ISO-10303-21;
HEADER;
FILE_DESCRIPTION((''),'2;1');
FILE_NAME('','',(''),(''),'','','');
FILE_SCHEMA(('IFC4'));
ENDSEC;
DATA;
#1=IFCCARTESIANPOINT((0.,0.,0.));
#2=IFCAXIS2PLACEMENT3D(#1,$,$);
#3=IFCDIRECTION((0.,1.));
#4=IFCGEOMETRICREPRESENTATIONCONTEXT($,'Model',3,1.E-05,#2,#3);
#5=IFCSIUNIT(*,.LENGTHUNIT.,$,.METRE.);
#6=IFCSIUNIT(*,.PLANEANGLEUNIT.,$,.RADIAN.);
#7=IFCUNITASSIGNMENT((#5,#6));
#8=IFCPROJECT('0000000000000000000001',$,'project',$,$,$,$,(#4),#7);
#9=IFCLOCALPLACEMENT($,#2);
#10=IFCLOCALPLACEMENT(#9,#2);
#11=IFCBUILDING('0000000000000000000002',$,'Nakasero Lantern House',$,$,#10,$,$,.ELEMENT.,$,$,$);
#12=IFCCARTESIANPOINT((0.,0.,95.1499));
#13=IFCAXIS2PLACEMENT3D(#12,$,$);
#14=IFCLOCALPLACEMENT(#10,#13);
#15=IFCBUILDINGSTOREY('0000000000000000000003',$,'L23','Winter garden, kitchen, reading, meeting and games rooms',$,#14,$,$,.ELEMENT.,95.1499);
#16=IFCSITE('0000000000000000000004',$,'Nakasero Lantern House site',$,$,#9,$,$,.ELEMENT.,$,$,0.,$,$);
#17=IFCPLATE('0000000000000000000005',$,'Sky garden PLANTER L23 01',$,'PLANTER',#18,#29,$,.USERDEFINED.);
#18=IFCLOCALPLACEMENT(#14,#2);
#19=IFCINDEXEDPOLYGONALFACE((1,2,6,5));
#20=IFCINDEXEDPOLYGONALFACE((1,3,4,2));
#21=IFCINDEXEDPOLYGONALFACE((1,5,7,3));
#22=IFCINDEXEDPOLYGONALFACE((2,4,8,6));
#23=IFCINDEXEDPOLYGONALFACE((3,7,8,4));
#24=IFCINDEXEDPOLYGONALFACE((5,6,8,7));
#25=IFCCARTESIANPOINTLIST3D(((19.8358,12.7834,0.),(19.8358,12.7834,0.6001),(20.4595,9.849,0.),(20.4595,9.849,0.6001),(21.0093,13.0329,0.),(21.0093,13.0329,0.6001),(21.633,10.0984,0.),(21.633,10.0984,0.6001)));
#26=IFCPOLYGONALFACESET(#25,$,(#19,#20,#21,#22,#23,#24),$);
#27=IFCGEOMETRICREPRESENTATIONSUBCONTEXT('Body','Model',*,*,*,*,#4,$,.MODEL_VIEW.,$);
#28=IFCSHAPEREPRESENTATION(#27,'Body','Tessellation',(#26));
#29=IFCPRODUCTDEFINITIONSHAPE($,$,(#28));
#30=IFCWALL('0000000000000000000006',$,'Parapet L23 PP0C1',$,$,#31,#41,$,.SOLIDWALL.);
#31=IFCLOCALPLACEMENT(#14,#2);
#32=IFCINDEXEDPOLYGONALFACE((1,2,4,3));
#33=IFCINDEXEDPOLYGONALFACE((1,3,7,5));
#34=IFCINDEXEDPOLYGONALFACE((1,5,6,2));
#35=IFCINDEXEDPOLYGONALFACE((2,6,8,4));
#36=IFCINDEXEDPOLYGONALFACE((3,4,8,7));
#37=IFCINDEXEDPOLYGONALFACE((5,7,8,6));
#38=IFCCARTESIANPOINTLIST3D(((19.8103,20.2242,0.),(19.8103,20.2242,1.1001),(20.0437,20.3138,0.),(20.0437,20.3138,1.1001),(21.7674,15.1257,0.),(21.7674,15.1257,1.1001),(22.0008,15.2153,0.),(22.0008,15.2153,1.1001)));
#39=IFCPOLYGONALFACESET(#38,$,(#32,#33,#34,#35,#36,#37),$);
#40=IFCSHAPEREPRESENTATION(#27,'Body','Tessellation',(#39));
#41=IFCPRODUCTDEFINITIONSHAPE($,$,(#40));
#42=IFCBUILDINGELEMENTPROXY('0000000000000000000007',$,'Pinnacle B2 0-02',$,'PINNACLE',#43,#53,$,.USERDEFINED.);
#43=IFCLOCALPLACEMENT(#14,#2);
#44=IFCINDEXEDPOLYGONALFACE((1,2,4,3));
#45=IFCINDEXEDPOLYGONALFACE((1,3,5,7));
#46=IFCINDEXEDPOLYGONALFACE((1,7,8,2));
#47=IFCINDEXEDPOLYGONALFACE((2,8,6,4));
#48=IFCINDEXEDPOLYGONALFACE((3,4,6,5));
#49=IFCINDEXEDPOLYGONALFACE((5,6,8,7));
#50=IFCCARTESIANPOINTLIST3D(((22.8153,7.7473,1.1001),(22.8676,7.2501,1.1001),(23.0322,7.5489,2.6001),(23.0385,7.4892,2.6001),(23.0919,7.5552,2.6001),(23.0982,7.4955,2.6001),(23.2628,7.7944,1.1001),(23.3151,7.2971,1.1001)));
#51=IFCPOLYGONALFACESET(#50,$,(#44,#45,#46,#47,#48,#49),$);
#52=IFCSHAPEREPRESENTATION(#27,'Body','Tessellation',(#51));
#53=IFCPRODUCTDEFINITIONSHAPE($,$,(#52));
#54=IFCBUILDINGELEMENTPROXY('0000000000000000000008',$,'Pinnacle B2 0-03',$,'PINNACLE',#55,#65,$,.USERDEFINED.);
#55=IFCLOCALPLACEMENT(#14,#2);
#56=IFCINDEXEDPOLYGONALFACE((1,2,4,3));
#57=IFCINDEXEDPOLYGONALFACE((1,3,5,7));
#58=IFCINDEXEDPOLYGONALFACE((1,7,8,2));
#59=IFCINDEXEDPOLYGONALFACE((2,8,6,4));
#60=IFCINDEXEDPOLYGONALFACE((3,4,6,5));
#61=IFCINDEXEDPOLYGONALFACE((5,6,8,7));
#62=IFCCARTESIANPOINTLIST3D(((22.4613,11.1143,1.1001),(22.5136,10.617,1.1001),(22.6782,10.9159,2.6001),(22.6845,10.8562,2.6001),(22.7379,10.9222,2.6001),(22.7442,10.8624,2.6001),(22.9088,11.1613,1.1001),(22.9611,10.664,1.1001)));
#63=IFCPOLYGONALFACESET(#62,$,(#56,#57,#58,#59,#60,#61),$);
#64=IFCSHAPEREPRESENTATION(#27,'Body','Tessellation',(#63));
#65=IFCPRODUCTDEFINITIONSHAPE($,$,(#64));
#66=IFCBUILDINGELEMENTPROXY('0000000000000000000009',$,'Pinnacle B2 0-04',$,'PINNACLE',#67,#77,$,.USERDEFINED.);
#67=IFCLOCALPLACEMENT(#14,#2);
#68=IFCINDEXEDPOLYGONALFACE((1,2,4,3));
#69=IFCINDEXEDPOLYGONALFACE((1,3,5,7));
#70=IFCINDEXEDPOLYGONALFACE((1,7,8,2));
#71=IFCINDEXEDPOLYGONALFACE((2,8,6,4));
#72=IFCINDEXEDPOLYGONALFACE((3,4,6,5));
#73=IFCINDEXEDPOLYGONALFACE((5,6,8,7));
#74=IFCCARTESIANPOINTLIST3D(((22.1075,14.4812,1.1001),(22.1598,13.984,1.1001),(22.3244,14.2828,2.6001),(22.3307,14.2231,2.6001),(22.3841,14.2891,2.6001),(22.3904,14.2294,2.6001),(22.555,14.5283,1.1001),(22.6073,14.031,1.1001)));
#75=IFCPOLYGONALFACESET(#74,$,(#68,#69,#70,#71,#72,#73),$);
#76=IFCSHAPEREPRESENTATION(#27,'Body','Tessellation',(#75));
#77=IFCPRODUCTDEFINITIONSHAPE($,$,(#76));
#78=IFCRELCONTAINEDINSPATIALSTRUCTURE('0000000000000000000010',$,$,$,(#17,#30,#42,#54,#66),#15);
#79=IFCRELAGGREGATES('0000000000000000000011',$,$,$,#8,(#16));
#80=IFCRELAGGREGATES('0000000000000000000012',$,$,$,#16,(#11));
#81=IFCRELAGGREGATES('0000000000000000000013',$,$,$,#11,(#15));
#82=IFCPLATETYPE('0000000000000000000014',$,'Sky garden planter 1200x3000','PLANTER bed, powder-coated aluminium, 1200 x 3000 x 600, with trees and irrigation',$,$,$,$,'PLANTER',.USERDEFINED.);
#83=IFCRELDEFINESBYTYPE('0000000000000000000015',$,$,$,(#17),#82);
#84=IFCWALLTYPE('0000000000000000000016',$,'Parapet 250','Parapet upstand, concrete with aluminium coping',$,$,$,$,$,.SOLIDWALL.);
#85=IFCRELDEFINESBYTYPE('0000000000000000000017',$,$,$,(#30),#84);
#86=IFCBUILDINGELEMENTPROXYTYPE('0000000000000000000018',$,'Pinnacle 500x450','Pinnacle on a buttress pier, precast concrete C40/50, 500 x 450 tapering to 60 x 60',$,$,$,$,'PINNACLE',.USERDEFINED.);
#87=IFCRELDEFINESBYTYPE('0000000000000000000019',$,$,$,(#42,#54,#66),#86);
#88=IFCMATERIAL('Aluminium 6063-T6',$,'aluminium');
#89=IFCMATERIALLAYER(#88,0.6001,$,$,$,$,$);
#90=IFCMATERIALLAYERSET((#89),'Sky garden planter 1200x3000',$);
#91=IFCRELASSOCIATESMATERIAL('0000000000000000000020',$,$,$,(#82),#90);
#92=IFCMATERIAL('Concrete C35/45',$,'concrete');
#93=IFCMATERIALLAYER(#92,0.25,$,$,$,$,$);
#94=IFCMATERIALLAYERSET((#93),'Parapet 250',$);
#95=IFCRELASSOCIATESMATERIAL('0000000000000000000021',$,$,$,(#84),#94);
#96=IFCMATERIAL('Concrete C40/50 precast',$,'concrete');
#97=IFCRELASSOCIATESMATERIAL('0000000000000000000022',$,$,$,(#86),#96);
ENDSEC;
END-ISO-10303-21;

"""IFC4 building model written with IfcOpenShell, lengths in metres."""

from ifc_helpers import new_model, entity, si_unit, direction, frame, frame_2d, origin, origin_2d, place, context, subcontext, project, spatial, rectangle, extrude, material, layer, layer_set, type_object, element, save


model = new_model("IFC4")

# Units and contexts
model_context = context("Model", 3, precision=1e-05, world=origin(), true_north=direction((0.0, 1.0)))
body_context = subcontext(model_context, "Body", "Model", "MODEL_VIEW")
ifc_project = project(units=[si_unit("LENGTHUNIT", "METRE"), si_unit("PLANEANGLEUNIT", "RADIAN")], contexts=[model_context])

# Site, building, storey
site_placement = place(None, origin())
site = spatial("IfcSite", under=ifc_project, at=site_placement, Name="Nakasero Lantern House site", CompositionType="ELEMENT", RefElevation=0.0)
building_placement = place(site_placement, origin())
building = spatial("IfcBuilding", under=site, at=building_placement, Name="Nakasero Lantern House", CompositionType="ELEMENT")
storey_placement = place(building_placement, frame((0.0, 0.0, 95.1499)))
storey = spatial("IfcBuildingStorey", under=building, at=storey_placement, Name="L23", Description="Winter garden, kitchen, reading, meeting and games rooms", CompositionType="ELEMENT", Elevation=95.1499)

# Plate
ifc_material_1 = material(Name="Aluminium 6063-T6", Category="aluminium")
ifc_layer_1 = layer(ifc_material_1, 0.6001)
ifc_layer_set_1 = layer_set([ifc_layer_1], Name="Sky garden planter 1200x3000")
plate_type_1 = type_object("IfcPlateType", Name="Sky garden planter 1200x3000", Description="PLANTER bed, powder-coated aluminium, 1200 x 3000 x 600, with trees and irrigation", ElementType="PLANTER", PredefinedType="USERDEFINED", material=ifc_layer_set_1)
plate_1_placement = place(storey_placement, frame((20.7344, 11.4409, 0.0), z_axis=(0.0, 0.0, 1.0), x_axis=(0.978148, 0.207912, 0.0)))
element("IfcPlate", 1, at=plate_1_placement, inside=storey, type_object=plate_type_1, Name="Sky garden PLANTER L23 01", ObjectType="PLANTER", PredefinedType="USERDEFINED", context=body_context, shape_type="SweptSolid", body=[
    extrude(rectangle(XDim=1.1997, YDim=3.0, at=origin_2d()), origin(), (0.0, 0.0, 1.0), 0.6001),
])

# Wall
ifc_material_2 = material(Name="Concrete C35/45", Category="concrete")
ifc_layer_2 = layer(ifc_material_2, 0.25)
ifc_layer_set_2 = layer_set([ifc_layer_2], Name="Parapet 250")
wall_type = type_object("IfcWallType", Name="Parapet 250", Description="Parapet upstand, concrete with aluminium coping", PredefinedType="SOLIDWALL", material=ifc_layer_set_2)
wall_placement = place(storey_placement, frame((21.884, 15.1707, 0.0), z_axis=(0.0, 0.0, 1.0), x_axis=(-0.358359, 0.933584, 0.0)))
element("IfcWall", 2, at=wall_placement, inside=storey, type_object=wall_type, Name="Parapet L23 PP0C1", PredefinedType="SOLIDWALL", context=body_context, shape_type="SweptSolid", body=[
    extrude(rectangle(XDim=5.4612, YDim=0.25, at=frame_2d((2.7305, 0.0))), origin(), (0.0, 0.0, 1.0), 1.1001),
])

# Building element proxies
ifc_material_3 = material(Name="Concrete C40/50 precast", Category="concrete")
building_element_proxy_type = type_object("IfcBuildingElementProxyType", Name="Pinnacle 500x450", Description="Pinnacle on a buttress pier, precast concrete C40/50, 500 x 450 tapering to 60 x 60", ElementType="PINNACLE", PredefinedType="USERDEFINED", material=ifc_material_3)
for number, where, z_axis, x_axis, name in (
    (3, (23.0652, 7.5222, 1.1001), (0.0, 0.0, 1.0), (0.994522, 0.104528, 0.0), "Pinnacle B2 0-02"),
    (4, (22.7112, 10.8892, 1.1001), (0.0, 0.0, 1.0), (0.994522, 0.104528, 0.0), "Pinnacle B2 0-03"),
    (5, (22.3574, 14.2561, 1.1001), (0.0, 0.0, 1.0), (0.994522, 0.104528, 0.0), "Pinnacle B2 0-04"),
):
    element("IfcBuildingElementProxy", number, at=place(storey_placement, frame(where, z_axis=z_axis, x_axis=x_axis)), inside=storey, type_object=building_element_proxy_type, Name=name, ObjectType="PINNACLE", PredefinedType="USERDEFINED", context=body_context, shape_type="SweptSolid", body=[
        entity("IfcExtrudedAreaSolidTapered", entity("IfcRectangleProfileDef", "AREA", None, entity("IfcAxis2Placement2D", entity("IfcCartesianPoint", [0.0, 0.0])), 0.45, 0.5), entity("IfcAxis2Placement3D", entity("IfcCartesianPoint", [0.0, 0.0, 0.0])), entity("IfcDirection", [0.0, 0.0, 1.0]), 1.5, entity("IfcRectangleProfileDef", "AREA", None, entity("IfcAxis2Placement2D", entity("IfcCartesianPoint", [0.0, 0.0])), 0.0601, 0.0601)),
    ])

save(model, "model.ifc")
